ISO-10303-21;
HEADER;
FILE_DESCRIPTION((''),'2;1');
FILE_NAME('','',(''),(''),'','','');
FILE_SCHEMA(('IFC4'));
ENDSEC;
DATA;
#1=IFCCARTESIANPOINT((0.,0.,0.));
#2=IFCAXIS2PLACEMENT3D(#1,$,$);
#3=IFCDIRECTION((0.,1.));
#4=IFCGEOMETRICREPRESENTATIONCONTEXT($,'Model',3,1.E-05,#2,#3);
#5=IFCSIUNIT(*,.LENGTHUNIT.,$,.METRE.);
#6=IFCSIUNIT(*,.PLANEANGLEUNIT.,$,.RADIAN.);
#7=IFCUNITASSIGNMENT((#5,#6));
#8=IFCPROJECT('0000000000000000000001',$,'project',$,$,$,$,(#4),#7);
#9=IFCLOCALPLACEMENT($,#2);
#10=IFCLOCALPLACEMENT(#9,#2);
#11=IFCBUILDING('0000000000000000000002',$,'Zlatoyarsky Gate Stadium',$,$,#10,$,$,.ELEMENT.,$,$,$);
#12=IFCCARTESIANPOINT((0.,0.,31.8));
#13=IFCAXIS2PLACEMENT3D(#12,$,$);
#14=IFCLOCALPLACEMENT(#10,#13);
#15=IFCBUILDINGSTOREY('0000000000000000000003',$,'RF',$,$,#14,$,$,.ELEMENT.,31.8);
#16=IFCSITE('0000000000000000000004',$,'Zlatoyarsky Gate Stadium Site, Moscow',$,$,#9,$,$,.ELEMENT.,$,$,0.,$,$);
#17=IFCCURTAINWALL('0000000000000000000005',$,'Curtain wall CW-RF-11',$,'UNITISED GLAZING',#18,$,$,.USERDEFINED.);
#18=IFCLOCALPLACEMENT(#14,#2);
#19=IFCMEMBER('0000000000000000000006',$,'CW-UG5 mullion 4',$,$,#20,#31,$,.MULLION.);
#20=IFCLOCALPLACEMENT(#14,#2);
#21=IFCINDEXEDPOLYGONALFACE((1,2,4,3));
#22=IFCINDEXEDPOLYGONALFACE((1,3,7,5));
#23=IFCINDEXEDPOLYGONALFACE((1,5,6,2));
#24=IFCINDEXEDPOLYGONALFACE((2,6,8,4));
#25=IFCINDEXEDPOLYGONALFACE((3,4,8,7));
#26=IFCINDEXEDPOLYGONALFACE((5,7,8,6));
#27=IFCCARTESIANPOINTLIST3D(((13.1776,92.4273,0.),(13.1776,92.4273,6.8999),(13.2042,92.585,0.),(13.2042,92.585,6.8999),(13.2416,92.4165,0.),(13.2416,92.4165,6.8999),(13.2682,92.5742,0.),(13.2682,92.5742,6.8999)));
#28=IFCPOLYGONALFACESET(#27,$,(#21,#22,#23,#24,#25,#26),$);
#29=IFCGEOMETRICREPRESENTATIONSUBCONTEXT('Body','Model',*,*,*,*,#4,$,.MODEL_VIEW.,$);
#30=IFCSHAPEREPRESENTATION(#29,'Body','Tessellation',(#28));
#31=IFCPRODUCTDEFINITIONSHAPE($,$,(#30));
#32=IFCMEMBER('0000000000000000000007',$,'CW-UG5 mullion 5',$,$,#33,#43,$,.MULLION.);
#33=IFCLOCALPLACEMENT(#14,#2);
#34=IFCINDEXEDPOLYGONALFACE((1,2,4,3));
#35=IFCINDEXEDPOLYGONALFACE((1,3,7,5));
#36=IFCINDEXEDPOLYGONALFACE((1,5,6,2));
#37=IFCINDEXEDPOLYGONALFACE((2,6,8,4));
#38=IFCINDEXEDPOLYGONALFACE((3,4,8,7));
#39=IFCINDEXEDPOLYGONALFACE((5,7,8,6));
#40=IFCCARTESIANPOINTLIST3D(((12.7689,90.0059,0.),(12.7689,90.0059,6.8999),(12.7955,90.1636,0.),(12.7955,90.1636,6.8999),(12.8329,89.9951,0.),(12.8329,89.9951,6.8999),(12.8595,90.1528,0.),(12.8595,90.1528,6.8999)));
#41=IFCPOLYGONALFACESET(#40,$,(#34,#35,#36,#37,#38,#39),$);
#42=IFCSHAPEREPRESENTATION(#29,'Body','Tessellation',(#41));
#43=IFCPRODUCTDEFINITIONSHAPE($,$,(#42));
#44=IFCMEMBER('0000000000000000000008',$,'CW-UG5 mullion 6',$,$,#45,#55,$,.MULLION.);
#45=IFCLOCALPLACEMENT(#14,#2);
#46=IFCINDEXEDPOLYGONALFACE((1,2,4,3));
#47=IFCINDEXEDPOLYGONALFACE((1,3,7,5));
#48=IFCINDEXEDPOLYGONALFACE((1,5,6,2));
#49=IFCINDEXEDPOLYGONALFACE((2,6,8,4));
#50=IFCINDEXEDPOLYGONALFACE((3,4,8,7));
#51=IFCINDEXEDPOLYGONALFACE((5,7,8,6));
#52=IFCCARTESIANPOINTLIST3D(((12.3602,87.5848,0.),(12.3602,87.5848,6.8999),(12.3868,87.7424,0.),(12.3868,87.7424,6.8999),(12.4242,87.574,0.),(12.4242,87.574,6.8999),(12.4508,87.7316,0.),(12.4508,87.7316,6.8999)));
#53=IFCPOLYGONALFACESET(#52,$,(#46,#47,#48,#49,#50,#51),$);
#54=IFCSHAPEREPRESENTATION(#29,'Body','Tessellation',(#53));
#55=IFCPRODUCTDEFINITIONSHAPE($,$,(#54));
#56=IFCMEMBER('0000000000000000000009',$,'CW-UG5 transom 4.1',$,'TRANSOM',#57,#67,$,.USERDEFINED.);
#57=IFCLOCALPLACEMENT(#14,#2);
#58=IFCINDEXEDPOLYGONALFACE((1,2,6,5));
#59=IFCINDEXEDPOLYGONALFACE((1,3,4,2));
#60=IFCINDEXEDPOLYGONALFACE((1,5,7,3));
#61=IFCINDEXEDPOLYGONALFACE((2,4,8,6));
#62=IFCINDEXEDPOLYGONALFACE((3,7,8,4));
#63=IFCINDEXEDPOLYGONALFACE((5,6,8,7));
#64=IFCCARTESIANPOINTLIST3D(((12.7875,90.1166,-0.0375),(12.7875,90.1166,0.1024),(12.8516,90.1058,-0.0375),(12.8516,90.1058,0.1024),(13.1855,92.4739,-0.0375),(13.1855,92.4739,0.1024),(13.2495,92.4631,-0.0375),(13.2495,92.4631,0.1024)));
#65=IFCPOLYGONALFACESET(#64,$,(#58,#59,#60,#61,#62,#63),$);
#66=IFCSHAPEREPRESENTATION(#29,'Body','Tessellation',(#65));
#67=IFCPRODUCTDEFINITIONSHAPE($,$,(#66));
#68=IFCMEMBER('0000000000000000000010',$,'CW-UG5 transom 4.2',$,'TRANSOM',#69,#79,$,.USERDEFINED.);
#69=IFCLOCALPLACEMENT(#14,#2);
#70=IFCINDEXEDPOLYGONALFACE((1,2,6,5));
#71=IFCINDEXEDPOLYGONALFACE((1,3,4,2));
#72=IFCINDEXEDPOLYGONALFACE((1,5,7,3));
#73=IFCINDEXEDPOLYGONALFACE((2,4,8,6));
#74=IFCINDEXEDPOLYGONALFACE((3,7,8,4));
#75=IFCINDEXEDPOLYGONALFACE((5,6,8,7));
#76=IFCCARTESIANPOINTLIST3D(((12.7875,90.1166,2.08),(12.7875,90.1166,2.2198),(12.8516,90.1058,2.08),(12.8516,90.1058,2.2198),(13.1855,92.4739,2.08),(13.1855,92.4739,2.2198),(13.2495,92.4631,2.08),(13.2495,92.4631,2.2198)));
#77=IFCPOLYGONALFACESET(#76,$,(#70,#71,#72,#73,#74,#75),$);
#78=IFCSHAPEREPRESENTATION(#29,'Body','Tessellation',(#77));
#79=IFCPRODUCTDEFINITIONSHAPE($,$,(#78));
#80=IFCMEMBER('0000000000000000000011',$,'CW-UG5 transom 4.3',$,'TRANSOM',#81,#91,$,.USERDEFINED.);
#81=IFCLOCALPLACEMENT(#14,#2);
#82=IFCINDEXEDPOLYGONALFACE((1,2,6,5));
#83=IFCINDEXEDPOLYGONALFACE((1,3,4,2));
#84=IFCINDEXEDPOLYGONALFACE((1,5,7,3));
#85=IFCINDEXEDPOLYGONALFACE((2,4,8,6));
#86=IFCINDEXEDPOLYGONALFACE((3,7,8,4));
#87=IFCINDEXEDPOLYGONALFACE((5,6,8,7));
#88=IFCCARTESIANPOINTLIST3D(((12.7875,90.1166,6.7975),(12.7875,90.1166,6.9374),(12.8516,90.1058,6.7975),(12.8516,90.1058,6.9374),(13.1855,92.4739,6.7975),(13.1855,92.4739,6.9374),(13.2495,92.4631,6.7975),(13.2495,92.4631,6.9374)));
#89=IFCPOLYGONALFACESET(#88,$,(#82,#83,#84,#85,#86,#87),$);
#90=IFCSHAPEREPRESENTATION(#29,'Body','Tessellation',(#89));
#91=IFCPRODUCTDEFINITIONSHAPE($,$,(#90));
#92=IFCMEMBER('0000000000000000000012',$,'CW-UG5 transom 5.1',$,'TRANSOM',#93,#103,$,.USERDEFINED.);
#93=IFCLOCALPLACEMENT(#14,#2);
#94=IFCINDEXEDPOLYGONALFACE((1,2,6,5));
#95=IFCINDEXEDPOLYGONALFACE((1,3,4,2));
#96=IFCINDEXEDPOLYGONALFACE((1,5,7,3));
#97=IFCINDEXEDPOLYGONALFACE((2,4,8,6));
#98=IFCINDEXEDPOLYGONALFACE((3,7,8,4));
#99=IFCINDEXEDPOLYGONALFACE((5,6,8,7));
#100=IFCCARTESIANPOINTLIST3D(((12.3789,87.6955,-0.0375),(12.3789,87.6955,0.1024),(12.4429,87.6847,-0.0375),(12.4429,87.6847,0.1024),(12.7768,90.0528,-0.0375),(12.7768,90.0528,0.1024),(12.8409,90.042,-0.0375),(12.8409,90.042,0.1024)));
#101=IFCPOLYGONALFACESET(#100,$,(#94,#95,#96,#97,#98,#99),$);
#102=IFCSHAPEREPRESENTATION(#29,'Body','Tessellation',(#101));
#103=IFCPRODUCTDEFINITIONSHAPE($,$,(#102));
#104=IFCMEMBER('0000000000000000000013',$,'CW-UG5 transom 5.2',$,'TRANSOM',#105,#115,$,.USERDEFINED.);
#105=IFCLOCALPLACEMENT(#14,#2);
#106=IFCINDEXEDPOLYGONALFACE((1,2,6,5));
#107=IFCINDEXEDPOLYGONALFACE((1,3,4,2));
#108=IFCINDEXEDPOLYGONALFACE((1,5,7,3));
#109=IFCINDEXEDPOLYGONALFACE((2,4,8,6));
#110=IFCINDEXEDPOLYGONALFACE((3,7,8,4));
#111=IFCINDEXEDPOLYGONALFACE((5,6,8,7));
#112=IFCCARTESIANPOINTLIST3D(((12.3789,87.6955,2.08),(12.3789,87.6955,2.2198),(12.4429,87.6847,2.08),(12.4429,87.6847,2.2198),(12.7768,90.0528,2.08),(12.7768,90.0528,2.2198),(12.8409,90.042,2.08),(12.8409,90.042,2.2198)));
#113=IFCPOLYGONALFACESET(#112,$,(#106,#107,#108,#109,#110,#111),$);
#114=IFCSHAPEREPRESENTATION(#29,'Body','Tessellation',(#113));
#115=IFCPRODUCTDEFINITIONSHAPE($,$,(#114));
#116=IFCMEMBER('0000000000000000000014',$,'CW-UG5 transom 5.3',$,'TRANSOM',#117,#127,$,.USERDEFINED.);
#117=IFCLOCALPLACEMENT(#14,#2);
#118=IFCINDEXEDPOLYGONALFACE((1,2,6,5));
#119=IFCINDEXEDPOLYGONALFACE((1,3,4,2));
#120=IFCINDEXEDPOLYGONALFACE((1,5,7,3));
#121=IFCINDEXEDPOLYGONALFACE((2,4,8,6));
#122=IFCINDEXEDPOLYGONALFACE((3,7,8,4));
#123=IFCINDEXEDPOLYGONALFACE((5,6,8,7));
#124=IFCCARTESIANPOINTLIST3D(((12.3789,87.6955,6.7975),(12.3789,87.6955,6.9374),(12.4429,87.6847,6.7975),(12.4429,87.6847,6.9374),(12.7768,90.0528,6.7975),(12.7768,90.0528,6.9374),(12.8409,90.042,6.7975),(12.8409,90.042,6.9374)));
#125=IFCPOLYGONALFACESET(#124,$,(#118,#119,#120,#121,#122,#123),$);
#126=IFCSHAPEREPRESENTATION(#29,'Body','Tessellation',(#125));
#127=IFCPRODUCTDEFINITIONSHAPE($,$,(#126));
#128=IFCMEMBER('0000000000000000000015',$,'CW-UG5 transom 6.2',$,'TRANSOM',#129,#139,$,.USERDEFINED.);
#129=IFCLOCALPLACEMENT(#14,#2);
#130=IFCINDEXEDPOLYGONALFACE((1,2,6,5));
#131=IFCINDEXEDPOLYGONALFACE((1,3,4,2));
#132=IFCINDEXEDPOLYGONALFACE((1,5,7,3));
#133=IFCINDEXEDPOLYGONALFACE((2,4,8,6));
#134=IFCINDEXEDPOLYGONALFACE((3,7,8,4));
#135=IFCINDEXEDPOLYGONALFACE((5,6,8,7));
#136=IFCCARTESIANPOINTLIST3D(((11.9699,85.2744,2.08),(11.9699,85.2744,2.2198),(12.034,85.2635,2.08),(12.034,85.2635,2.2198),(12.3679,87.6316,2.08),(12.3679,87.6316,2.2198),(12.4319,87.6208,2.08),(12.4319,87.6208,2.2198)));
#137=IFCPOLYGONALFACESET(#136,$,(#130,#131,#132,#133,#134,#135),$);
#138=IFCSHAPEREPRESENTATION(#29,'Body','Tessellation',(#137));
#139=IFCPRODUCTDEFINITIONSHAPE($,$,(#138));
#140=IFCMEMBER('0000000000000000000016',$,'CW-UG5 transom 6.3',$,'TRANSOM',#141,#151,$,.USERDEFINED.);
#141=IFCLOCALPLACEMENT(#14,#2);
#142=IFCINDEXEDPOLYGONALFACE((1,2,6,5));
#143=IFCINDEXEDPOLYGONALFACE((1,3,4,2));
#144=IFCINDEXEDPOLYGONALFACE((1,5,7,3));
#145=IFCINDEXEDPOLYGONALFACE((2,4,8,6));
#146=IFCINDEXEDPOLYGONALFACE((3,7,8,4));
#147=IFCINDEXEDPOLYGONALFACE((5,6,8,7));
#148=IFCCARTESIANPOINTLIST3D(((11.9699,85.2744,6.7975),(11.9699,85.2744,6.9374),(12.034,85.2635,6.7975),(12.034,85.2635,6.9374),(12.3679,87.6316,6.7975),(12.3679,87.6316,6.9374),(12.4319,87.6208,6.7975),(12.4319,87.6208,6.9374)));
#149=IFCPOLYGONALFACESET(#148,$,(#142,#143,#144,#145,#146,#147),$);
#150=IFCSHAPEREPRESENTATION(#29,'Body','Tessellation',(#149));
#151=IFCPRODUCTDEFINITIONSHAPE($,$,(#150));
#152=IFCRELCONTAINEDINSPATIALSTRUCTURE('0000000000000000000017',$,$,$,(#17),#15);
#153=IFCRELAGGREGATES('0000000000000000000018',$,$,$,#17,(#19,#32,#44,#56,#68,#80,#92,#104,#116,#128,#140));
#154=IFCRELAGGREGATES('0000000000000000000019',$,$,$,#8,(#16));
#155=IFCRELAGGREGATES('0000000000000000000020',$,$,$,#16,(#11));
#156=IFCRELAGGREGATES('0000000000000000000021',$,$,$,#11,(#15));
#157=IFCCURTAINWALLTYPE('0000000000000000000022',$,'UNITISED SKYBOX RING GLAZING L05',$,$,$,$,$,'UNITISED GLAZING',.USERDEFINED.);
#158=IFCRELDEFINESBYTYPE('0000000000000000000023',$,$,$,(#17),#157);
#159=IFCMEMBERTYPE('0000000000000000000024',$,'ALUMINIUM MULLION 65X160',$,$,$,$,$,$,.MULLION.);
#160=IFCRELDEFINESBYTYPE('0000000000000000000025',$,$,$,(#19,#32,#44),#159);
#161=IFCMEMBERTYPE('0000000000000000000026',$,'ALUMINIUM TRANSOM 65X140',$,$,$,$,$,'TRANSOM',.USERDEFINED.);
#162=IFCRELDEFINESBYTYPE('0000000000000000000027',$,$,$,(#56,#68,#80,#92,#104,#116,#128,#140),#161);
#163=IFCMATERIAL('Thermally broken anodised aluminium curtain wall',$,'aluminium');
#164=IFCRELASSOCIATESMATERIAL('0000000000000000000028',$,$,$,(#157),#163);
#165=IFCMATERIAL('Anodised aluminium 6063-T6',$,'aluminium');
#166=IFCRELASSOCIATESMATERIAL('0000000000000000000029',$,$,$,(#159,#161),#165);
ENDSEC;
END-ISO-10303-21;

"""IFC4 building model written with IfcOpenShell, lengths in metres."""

from ifc_helpers import new_model, si_unit, direction, frame, origin, origin_2d, place, context, subcontext, project, spatial, rectangle, extrude, material, material_profile, profile_set, type_object, element, aggregate, save


model = new_model("IFC4")

# Units and contexts
model_context = context("Model", 3, precision=1e-05, world=origin(), true_north=direction((0.0, 1.0)))
body_context = subcontext(model_context, "Body", "Model", "MODEL_VIEW")
ifc_project = project(units=[si_unit("LENGTHUNIT", "METRE"), si_unit("PLANEANGLEUNIT", "RADIAN")], contexts=[model_context])

# Site, building, storey
site_placement = place(None, origin())
site = spatial("IfcSite", under=ifc_project, at=site_placement, Name="Zlatoyarsky Gate Stadium Site, Moscow", CompositionType="ELEMENT", RefElevation=0.0)
building_placement = place(site_placement, origin())
building = spatial("IfcBuilding", under=site, at=building_placement, Name="Zlatoyarsky Gate Stadium", CompositionType="ELEMENT")
storey_placement = place(building_placement, frame((0.0, 0.0, 31.8)))
storey = spatial("IfcBuildingStorey", under=building, at=storey_placement, Name="RF", CompositionType="ELEMENT", Elevation=31.8)

# Curtain wall, members
ifc_material_1 = material(Name="Thermally broken anodised aluminium curtain wall", Category="aluminium")
curtain_wall_type = type_object("IfcCurtainWallType", Name="UNITISED SKYBOX RING GLAZING L05", ElementType="UNITISED GLAZING", PredefinedType="USERDEFINED", material=ifc_material_1)
curtain_wall_placement = place(storey_placement, origin())
curtain_wall = element("IfcCurtainWall", 1, at=curtain_wall_placement, inside=storey, type_object=curtain_wall_type, Name="Curtain wall CW-RF-11", ObjectType="UNITISED GLAZING", PredefinedType="USERDEFINED")
ifc_material_2 = material(Name="Anodised aluminium 6063-T6", Category="aluminium")
ifc_material_profile_1 = material_profile(ifc_material_2, rectangle(XDim=0.0649, YDim=0.1599, at=origin_2d()), Name="ALU 65X160")
ifc_profile_set_1 = profile_set([ifc_material_profile_1], Name="Anodised aluminium 6063-T6")
member_type_1 = type_object("IfcMemberType", Name="ALUMINIUM MULLION 65X160", PredefinedType="MULLION", material=ifc_profile_set_1)
member_1_placement = place(storey_placement, frame((13.2229, 92.5007, 0.0), z_axis=(0.0, 0.0, 1.0), x_axis=(0.986044, -0.166482, 0.0)))
member_1 = element("IfcMember", 2, at=member_1_placement, type_object=member_type_1, Name="CW-UG5 mullion 4", PredefinedType="MULLION", context=body_context, shape_type="SweptSolid", body=[
    extrude(rectangle(XDim=0.0649, YDim=0.1599, at=origin_2d()), origin(), (0.0, 0.0, 1.0), 6.8999),
])
member_2_placement = place(storey_placement, frame((12.8142, 90.0793, 0.0), z_axis=(0.0, 0.0, 1.0), x_axis=(0.986044, -0.166482, 0.0)))
member_2 = element("IfcMember", 3, at=member_2_placement, type_object=member_type_1, Name="CW-UG5 mullion 5", PredefinedType="MULLION", context=body_context, shape_type="SweptSolid", body=[
    extrude(rectangle(XDim=0.0649, YDim=0.1599, at=origin_2d()), origin(), (0.0, 0.0, 1.0), 6.8999),
])
member_3_placement = place(storey_placement, frame((12.4055, 87.6582, 0.0), z_axis=(0.0, 0.0, 1.0), x_axis=(0.986044, -0.166482, 0.0)))
member_3 = element("IfcMember", 4, at=member_3_placement, type_object=member_type_1, Name="CW-UG5 mullion 6", PredefinedType="MULLION", context=body_context, shape_type="SweptSolid", body=[
    extrude(rectangle(XDim=0.0649, YDim=0.1599, at=origin_2d()), origin(), (0.0, 0.0, 1.0), 6.8999),
])
ifc_material_profile_2 = material_profile(ifc_material_2, rectangle(XDim=0.0649, YDim=0.1399, at=origin_2d()), Name="ALU 65X140")
ifc_profile_set_2 = profile_set([ifc_material_profile_2], Name="Anodised aluminium 6063-T6")
member_type_2 = type_object("IfcMemberType", Name="ALUMINIUM TRANSOM 65X140", ElementType="TRANSOM", PredefinedType="USERDEFINED", material=ifc_profile_set_2)
member_4_placement = place(storey_placement, frame((13.2175, 92.4685, 0.0325), z_axis=(-0.166469, -0.986047, 0.0), x_axis=(0.986047, -0.166469, 0.0)))
member_4 = element("IfcMember", 5, at=member_4_placement, type_object=member_type_2, Name="CW-UG5 transom 4.1", ObjectType="TRANSOM", PredefinedType="USERDEFINED", context=body_context, shape_type="SweptSolid", body=[
    extrude(rectangle(XDim=0.0649, YDim=0.1399, at=origin_2d()), origin(), (0.0, 0.0, 1.0), 2.3906),
])
member_5_placement = place(storey_placement, frame((13.2175, 92.4685, 2.1499), z_axis=(-0.166469, -0.986047, 0.0), x_axis=(0.986047, -0.166469, 0.0)))
member_5 = element("IfcMember", 6, at=member_5_placement, type_object=member_type_2, Name="CW-UG5 transom 4.2", ObjectType="TRANSOM", PredefinedType="USERDEFINED", context=body_context, shape_type="SweptSolid", body=[
    extrude(rectangle(XDim=0.0649, YDim=0.1399, at=origin_2d()), origin(), (0.0, 0.0, 1.0), 2.3906),
])
member_6_placement = place(storey_placement, frame((13.2175, 92.4685, 6.8674), z_axis=(-0.166469, -0.986047, 0.0), x_axis=(0.986047, -0.166469, 0.0)))
member_6 = element("IfcMember", 7, at=member_6_placement, type_object=member_type_2, Name="CW-UG5 transom 4.3", ObjectType="TRANSOM", PredefinedType="USERDEFINED", context=body_context, shape_type="SweptSolid", body=[
    extrude(rectangle(XDim=0.0649, YDim=0.1399, at=origin_2d()), origin(), (0.0, 0.0, 1.0), 2.3906),
])
member_7_placement = place(storey_placement, frame((12.8088, 90.0474, 0.0325), z_axis=(-0.166469, -0.986047, 0.0), x_axis=(0.986047, -0.166469, 0.0)))
member_7 = element("IfcMember", 8, at=member_7_placement, type_object=member_type_2, Name="CW-UG5 transom 5.1", ObjectType="TRANSOM", PredefinedType="USERDEFINED", context=body_context, shape_type="SweptSolid", body=[
    extrude(rectangle(XDim=0.0649, YDim=0.1399, at=origin_2d()), origin(), (0.0, 0.0, 1.0), 2.3906),
])
member_8_placement = place(storey_placement, frame((12.8088, 90.0474, 2.1499), z_axis=(-0.166469, -0.986047, 0.0), x_axis=(0.986047, -0.166469, 0.0)))
member_8 = element("IfcMember", 9, at=member_8_placement, type_object=member_type_2, Name="CW-UG5 transom 5.2", ObjectType="TRANSOM", PredefinedType="USERDEFINED", context=body_context, shape_type="SweptSolid", body=[
    extrude(rectangle(XDim=0.0649, YDim=0.1399, at=origin_2d()), origin(), (0.0, 0.0, 1.0), 2.3906),
])
member_9_placement = place(storey_placement, frame((12.8088, 90.0474, 6.8674), z_axis=(-0.166469, -0.986047, 0.0), x_axis=(0.986047, -0.166469, 0.0)))
member_9 = element("IfcMember", 10, at=member_9_placement, type_object=member_type_2, Name="CW-UG5 transom 5.3", ObjectType="TRANSOM", PredefinedType="USERDEFINED", context=body_context, shape_type="SweptSolid", body=[
    extrude(rectangle(XDim=0.0649, YDim=0.1399, at=origin_2d()), origin(), (0.0, 0.0, 1.0), 2.3906),
])
member_10_placement = place(storey_placement, frame((12.3999, 87.6262, 2.1499), z_axis=(-0.166469, -0.986047, 0.0), x_axis=(0.986047, -0.166469, 0.0)))
member_10 = element("IfcMember", 11, at=member_10_placement, type_object=member_type_2, Name="CW-UG5 transom 6.2", ObjectType="TRANSOM", PredefinedType="USERDEFINED", context=body_context, shape_type="SweptSolid", body=[
    extrude(rectangle(XDim=0.0649, YDim=0.1399, at=origin_2d()), origin(), (0.0, 0.0, 1.0), 2.3906),
])
member_11_placement = place(storey_placement, frame((12.3999, 87.6262, 6.8674), z_axis=(-0.166469, -0.986047, 0.0), x_axis=(0.986047, -0.166469, 0.0)))
member_11 = element("IfcMember", 12, at=member_11_placement, type_object=member_type_2, Name="CW-UG5 transom 6.3", ObjectType="TRANSOM", PredefinedType="USERDEFINED", context=body_context, shape_type="SweptSolid", body=[
    extrude(rectangle(XDim=0.0649, YDim=0.1399, at=origin_2d()), origin(), (0.0, 0.0, 1.0), 2.3906),
])

aggregate(curtain_wall, [member_1, member_2, member_3, member_4, member_5, member_6, member_7, member_8, member_9, member_10, member_11])

save(model, "model.ifc")
